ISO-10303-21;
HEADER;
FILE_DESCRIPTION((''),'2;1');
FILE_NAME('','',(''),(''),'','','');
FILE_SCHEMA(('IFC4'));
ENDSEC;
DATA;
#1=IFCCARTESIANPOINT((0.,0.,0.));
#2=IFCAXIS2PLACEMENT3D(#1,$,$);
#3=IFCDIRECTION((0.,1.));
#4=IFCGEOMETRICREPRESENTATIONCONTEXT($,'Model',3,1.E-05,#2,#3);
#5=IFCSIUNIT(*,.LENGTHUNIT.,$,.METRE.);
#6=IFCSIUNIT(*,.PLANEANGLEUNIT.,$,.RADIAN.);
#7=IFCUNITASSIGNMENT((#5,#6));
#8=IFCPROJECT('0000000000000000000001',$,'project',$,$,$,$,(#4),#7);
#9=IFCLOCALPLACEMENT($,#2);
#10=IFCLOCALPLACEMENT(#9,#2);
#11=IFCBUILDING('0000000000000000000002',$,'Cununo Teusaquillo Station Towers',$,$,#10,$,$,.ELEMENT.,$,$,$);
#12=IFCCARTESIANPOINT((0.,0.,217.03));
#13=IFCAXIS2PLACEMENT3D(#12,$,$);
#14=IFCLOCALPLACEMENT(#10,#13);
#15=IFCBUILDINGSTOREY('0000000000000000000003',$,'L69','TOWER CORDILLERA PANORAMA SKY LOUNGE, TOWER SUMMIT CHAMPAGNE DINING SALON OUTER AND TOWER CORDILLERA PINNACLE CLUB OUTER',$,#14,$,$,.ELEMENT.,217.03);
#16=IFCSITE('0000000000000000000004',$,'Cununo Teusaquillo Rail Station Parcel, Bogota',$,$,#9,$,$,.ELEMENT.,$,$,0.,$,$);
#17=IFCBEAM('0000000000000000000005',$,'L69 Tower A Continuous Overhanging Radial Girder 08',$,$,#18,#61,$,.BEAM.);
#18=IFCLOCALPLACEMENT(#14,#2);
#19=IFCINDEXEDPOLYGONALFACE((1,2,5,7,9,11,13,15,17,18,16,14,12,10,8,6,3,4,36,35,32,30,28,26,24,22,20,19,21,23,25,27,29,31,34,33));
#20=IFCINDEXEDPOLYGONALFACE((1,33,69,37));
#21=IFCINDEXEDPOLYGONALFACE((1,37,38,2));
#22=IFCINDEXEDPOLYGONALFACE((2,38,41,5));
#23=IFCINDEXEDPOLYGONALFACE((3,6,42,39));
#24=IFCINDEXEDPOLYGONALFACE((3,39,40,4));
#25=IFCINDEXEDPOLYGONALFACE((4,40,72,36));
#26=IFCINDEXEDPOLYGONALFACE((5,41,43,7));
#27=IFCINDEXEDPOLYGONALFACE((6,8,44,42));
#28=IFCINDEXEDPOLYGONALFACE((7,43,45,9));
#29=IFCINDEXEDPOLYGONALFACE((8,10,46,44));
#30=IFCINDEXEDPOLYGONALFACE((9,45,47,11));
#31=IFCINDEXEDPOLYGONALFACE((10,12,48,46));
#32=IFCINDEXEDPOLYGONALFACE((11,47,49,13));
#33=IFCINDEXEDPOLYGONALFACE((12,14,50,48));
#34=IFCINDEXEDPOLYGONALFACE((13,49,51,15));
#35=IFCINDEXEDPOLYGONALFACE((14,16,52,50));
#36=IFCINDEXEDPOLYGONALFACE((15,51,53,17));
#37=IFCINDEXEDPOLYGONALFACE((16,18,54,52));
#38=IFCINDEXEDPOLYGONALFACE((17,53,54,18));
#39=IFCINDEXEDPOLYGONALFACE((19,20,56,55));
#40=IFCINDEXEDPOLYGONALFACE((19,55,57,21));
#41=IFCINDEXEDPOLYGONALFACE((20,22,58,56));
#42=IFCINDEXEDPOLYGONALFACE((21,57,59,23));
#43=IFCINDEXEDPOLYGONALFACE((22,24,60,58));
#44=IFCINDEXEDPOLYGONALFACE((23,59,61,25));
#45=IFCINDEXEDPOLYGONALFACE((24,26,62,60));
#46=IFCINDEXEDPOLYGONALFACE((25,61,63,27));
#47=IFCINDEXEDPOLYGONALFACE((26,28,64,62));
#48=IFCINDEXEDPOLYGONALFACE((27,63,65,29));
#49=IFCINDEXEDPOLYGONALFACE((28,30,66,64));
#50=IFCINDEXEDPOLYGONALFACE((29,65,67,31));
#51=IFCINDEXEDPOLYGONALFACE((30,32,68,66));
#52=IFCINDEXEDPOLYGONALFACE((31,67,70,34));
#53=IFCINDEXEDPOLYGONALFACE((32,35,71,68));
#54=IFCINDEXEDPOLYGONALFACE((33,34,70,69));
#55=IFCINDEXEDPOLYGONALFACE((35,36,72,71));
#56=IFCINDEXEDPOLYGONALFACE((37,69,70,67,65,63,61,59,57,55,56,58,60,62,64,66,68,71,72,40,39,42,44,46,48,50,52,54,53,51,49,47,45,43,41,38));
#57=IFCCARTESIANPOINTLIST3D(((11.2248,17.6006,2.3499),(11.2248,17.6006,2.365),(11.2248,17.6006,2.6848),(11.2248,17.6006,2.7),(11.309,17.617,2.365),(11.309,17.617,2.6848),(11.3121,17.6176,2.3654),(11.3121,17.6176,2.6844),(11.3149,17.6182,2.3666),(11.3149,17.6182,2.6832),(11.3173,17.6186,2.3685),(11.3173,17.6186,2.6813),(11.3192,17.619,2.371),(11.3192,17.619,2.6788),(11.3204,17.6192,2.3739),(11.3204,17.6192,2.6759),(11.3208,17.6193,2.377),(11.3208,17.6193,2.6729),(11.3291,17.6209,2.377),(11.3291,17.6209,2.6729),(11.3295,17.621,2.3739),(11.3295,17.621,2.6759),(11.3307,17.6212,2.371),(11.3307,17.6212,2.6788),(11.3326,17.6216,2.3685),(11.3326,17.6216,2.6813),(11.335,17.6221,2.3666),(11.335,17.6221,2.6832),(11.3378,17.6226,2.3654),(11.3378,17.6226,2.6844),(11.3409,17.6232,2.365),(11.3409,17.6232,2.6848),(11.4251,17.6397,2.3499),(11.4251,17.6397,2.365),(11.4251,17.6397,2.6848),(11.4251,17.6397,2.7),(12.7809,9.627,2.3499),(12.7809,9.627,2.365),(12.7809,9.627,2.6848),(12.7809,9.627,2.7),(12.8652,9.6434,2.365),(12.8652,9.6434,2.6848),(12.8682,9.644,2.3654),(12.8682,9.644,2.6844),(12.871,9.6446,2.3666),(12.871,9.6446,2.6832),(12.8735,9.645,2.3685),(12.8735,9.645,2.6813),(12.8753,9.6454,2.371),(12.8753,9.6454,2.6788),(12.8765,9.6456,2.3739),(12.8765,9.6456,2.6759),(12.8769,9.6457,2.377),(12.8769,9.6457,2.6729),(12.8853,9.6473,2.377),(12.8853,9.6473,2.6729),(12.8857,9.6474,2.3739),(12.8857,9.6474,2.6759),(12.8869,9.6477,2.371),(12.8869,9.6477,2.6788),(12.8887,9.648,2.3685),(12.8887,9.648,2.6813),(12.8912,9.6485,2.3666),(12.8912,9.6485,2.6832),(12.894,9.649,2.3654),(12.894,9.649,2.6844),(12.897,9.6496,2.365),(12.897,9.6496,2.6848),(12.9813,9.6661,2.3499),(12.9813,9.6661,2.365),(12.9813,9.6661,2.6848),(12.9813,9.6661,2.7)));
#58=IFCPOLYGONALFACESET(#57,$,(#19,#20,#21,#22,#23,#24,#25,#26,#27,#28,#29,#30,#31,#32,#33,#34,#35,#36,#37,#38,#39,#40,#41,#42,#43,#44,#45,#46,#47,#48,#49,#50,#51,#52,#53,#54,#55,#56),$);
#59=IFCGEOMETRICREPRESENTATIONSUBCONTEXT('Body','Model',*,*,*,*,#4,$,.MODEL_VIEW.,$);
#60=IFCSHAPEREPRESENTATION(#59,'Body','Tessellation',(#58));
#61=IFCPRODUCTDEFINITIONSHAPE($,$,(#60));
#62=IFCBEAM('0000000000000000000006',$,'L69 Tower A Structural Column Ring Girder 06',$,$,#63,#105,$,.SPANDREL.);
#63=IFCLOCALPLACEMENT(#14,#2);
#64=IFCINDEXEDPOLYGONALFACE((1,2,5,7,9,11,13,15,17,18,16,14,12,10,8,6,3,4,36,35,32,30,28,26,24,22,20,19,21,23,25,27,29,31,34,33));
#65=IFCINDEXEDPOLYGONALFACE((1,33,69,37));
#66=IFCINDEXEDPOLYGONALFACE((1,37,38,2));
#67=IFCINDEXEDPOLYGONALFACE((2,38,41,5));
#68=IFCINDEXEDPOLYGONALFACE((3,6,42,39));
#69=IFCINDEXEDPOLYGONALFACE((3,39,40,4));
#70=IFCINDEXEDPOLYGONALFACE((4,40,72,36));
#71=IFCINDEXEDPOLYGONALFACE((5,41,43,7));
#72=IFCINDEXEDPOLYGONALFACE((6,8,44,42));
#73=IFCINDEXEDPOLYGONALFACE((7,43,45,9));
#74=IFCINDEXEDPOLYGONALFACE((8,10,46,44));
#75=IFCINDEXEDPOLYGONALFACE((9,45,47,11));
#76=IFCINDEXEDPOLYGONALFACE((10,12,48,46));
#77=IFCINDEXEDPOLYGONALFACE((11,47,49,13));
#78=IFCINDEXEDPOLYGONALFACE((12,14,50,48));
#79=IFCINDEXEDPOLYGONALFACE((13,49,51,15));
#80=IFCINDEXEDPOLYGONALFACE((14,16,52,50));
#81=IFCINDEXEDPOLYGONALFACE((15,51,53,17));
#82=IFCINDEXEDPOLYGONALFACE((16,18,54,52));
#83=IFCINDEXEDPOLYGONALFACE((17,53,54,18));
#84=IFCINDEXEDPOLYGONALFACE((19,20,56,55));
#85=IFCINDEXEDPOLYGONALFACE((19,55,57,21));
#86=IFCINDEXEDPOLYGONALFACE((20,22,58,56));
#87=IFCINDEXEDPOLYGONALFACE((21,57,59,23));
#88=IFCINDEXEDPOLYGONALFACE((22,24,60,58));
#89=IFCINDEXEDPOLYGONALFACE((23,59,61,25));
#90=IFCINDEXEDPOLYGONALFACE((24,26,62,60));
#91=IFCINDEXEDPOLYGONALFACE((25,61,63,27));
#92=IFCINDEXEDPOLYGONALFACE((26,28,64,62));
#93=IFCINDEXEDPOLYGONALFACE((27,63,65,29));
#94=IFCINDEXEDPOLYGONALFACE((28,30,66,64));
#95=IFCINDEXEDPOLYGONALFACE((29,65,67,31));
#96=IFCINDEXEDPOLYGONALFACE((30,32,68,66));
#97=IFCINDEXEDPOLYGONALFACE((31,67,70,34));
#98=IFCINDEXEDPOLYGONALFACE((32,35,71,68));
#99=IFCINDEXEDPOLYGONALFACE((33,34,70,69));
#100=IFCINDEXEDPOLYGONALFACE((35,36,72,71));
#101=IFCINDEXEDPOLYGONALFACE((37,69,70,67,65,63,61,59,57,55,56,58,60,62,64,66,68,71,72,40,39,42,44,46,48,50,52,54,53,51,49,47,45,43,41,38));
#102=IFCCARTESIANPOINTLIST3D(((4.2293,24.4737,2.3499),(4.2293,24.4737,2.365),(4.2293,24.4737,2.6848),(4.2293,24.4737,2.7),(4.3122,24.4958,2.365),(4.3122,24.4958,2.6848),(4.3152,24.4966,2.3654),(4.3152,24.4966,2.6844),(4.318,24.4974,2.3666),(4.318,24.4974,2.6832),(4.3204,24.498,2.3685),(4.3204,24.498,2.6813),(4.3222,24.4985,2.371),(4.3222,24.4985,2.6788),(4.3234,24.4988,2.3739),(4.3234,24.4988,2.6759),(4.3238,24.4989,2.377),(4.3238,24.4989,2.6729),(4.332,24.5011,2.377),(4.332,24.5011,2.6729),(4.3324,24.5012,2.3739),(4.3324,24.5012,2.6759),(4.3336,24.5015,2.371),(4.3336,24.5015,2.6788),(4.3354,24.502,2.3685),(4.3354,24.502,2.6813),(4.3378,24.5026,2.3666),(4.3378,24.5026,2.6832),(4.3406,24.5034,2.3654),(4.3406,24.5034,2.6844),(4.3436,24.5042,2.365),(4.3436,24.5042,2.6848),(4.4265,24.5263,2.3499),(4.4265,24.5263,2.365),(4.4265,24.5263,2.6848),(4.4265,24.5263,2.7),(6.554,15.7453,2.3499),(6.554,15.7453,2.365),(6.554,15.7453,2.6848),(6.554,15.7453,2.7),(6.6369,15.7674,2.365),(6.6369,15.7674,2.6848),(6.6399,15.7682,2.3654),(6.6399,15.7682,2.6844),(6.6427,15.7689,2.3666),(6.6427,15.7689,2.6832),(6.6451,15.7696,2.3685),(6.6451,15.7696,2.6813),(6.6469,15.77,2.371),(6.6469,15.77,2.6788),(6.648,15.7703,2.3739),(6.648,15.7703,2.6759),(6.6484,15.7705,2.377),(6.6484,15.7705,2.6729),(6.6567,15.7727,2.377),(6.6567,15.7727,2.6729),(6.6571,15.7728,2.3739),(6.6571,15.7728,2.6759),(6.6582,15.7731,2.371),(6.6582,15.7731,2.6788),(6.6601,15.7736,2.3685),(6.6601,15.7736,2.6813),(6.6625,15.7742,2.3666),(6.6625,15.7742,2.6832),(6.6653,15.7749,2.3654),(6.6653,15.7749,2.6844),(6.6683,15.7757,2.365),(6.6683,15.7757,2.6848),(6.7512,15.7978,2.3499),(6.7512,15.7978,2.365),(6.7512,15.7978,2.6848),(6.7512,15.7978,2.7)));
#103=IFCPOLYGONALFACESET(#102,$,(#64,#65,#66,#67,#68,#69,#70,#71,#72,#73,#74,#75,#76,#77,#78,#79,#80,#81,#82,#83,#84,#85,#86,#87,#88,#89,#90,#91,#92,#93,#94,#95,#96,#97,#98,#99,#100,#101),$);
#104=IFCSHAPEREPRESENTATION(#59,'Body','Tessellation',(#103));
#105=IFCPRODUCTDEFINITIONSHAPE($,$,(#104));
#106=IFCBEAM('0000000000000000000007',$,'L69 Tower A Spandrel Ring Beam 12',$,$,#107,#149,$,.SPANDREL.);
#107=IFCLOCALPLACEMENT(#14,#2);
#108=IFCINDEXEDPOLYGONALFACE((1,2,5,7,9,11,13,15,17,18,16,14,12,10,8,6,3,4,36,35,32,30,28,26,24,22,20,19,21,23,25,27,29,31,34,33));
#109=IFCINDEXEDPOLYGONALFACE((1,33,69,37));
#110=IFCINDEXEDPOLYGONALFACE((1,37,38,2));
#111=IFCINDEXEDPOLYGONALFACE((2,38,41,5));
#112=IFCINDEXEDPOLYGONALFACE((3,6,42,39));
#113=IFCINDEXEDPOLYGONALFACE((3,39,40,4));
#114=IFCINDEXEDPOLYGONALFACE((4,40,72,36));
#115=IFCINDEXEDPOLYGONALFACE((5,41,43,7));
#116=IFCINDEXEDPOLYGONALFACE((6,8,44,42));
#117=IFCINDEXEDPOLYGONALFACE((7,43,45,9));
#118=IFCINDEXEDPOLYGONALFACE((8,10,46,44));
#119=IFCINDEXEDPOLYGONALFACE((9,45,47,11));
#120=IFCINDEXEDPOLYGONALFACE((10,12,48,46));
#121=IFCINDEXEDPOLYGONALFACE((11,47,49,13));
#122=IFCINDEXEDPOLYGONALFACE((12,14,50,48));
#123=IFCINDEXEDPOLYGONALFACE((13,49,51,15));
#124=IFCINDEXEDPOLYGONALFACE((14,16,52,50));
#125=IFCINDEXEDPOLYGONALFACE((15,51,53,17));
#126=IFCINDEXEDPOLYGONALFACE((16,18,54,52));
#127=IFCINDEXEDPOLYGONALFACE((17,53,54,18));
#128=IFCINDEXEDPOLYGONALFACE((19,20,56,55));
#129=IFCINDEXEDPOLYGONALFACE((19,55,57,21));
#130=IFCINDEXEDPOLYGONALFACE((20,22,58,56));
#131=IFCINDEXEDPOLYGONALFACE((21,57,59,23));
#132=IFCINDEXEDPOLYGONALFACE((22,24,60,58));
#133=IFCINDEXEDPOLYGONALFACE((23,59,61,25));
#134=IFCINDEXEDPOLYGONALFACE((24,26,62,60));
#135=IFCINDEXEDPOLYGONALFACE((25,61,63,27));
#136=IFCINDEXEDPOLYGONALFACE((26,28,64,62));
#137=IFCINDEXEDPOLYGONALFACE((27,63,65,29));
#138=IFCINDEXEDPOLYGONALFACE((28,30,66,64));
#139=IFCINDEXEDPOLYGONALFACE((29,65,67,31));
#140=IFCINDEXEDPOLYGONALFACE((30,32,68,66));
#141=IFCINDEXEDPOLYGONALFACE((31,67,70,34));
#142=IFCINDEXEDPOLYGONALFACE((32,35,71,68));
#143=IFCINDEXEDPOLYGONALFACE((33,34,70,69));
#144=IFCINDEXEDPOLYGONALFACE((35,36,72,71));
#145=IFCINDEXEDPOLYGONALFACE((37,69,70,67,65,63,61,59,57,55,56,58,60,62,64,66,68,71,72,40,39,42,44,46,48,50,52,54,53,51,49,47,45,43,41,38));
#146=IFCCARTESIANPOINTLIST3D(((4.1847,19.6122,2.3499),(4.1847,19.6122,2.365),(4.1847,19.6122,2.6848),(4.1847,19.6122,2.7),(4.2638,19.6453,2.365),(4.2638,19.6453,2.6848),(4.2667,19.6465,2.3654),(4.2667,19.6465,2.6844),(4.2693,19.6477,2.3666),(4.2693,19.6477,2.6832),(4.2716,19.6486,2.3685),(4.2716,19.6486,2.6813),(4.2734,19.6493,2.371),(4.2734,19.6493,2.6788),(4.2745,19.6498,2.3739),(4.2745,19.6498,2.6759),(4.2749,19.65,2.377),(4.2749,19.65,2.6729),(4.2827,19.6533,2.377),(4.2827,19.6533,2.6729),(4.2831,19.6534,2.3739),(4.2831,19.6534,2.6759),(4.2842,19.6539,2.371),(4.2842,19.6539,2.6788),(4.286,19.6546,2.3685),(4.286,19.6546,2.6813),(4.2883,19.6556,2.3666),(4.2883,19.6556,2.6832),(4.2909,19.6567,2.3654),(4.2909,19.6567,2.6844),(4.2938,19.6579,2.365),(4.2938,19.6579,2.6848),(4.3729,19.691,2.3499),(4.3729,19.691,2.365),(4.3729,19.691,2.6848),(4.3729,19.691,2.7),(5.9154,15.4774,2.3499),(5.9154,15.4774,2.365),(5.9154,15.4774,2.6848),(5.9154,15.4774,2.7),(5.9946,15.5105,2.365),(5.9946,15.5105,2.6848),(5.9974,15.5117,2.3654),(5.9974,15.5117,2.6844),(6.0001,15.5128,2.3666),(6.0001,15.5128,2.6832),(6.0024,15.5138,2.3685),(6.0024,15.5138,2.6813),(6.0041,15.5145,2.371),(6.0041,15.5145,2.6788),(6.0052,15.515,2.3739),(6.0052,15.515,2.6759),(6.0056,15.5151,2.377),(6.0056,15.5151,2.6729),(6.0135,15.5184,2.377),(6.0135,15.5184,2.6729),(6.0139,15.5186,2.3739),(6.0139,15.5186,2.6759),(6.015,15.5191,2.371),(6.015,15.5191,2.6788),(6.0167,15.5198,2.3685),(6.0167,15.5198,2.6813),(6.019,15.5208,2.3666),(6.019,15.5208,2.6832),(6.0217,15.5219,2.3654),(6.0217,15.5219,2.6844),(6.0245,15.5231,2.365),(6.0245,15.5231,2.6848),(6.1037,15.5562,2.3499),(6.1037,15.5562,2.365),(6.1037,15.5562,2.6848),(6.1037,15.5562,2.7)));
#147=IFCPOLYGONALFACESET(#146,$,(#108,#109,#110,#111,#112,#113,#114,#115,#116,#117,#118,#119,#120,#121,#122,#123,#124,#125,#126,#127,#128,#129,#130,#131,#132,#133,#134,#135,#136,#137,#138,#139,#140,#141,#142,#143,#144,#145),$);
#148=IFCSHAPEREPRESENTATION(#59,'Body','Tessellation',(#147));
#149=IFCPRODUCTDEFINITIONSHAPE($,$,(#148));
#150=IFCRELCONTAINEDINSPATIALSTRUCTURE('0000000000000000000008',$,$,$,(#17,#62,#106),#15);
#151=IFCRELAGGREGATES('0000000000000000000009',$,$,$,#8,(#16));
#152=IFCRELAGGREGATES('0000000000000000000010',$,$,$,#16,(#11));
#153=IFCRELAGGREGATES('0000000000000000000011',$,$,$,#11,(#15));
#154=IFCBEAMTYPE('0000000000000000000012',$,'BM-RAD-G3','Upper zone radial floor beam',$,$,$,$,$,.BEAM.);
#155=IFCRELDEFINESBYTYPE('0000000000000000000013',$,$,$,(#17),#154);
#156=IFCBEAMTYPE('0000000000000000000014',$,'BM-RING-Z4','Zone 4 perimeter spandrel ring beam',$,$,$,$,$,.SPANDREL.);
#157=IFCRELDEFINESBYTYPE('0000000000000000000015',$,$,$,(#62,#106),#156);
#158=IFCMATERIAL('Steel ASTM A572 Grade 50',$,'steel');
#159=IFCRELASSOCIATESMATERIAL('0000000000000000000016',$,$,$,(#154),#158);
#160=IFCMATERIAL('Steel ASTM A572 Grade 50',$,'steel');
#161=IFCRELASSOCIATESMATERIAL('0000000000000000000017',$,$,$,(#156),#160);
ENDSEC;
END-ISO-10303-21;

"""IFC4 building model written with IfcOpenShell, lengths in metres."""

from ifc_helpers import new_model, si_unit, direction, frame, origin, origin_2d, place, context, subcontext, project, spatial, i_section, extrude, material, material_profile, profile_set, type_object, element, save


model = new_model("IFC4")

# Units and contexts
model_context = context("Model", 3, precision=1e-05, world=origin(), true_north=direction((0.0, 1.0)))
body_context = subcontext(model_context, "Body", "Model", "MODEL_VIEW")
ifc_project = project(units=[si_unit("LENGTHUNIT", "METRE"), si_unit("PLANEANGLEUNIT", "RADIAN")], contexts=[model_context])

# Site, building, storey
site_placement = place(None, origin())
site = spatial("IfcSite", under=ifc_project, at=site_placement, Name="Cununo Teusaquillo Rail Station Parcel, Bogota", CompositionType="ELEMENT", RefElevation=0.0)
building_placement = place(site_placement, origin())
building = spatial("IfcBuilding", under=site, at=building_placement, Name="Cununo Teusaquillo Station Towers", CompositionType="ELEMENT")
storey_placement = place(building_placement, frame((0.0, 0.0, 217.03)))
storey = spatial("IfcBuildingStorey", under=building, at=storey_placement, Name="L69", Description="TOWER CORDILLERA PANORAMA SKY LOUNGE, TOWER SUMMIT CHAMPAGNE DINING SALON OUTER AND TOWER CORDILLERA PINNACLE CLUB OUTER", CompositionType="ELEMENT", Elevation=217.03)

# Beams
ifc_material_1 = material(Name="Steel ASTM A572 Grade 50", Category="steel")
ifc_material_profile_1 = material_profile(ifc_material_1, i_section(OverallWidth=0.2041, OverallDepth=0.3501, WebThickness=0.0085, FlangeThickness=0.0151, FilletRadius=0.012, at=origin_2d()), Name="W14X48")
ifc_profile_set_1 = profile_set([ifc_material_profile_1], Name="Steel ASTM A572 Grade 50")
beam_type_1 = type_object("IfcBeamType", Name="BM-RAD-G3", Description="Upper zone radial floor beam", PredefinedType="BEAM", material=ifc_profile_set_1)
beam_1_placement = place(storey_placement, frame((11.325, 17.6201, 2.5249), z_axis=(0.191548, -0.981483, 0.0), x_axis=(0.981483, 0.191548, 0.0)))
element("IfcBeam", 1, at=beam_1_placement, inside=storey, type_object=beam_type_1, Name="L69 Tower A Continuous Overhanging Radial Girder 08", PredefinedType="BEAM", context=body_context, shape_type="SweptSolid", body=[
    extrude(i_section(OverallWidth=0.2041, OverallDepth=0.3501, WebThickness=0.0085, FlangeThickness=0.0151, FilletRadius=0.012, at=origin_2d()), origin(), (0.0, 0.0, 1.0), 8.124),
])
ifc_material_2 = material(Name="Steel ASTM A572 Grade 50", Category="steel")
ifc_material_profile_2 = material_profile(ifc_material_2, i_section(OverallWidth=0.2041, OverallDepth=0.3501, WebThickness=0.0085, FlangeThickness=0.0151, FilletRadius=0.012, at=origin_2d()), Name="W14X48")
ifc_profile_set_2 = profile_set([ifc_material_profile_2], Name="Steel ASTM A572 Grade 50")
beam_type_2 = type_object("IfcBeamType", Name="BM-RING-Z4", Description="Zone 4 perimeter spandrel ring beam", PredefinedType="SPANDREL", material=ifc_profile_set_2)
beam_2_placement = place(storey_placement, frame((4.3279, 24.5, 2.5249), z_axis=(0.257363, -0.966315, 0.0), x_axis=(0.966315, 0.257363, 0.0)))
element("IfcBeam", 2, at=beam_2_placement, inside=storey, type_object=beam_type_2, Name="L69 Tower A Structural Column Ring Girder 06", PredefinedType="SPANDREL", context=body_context, shape_type="SweptSolid", body=[
    extrude(i_section(OverallWidth=0.2041, OverallDepth=0.3501, WebThickness=0.0085, FlangeThickness=0.0151, FilletRadius=0.012, at=origin_2d()), origin(), (0.0, 0.0, 1.0), 9.0327),
])
beam_3_placement = place(storey_placement, frame((4.2788, 19.6516, 2.5249), z_axis=(0.386115, -0.92245, 0.0), x_axis=(0.92245, 0.386115, 0.0)))
element("IfcBeam", 3, at=beam_3_placement, inside=storey, type_object=beam_type_2, Name="L69 Tower A Spandrel Ring Beam 12", PredefinedType="SPANDREL", context=body_context, shape_type="SweptSolid", body=[
    extrude(i_section(OverallWidth=0.2041, OverallDepth=0.3501, WebThickness=0.0085, FlangeThickness=0.0151, FilletRadius=0.012, at=origin_2d()), origin(), (0.0, 0.0, 1.0), 4.4824),
])

save(model, "model.ifc")
